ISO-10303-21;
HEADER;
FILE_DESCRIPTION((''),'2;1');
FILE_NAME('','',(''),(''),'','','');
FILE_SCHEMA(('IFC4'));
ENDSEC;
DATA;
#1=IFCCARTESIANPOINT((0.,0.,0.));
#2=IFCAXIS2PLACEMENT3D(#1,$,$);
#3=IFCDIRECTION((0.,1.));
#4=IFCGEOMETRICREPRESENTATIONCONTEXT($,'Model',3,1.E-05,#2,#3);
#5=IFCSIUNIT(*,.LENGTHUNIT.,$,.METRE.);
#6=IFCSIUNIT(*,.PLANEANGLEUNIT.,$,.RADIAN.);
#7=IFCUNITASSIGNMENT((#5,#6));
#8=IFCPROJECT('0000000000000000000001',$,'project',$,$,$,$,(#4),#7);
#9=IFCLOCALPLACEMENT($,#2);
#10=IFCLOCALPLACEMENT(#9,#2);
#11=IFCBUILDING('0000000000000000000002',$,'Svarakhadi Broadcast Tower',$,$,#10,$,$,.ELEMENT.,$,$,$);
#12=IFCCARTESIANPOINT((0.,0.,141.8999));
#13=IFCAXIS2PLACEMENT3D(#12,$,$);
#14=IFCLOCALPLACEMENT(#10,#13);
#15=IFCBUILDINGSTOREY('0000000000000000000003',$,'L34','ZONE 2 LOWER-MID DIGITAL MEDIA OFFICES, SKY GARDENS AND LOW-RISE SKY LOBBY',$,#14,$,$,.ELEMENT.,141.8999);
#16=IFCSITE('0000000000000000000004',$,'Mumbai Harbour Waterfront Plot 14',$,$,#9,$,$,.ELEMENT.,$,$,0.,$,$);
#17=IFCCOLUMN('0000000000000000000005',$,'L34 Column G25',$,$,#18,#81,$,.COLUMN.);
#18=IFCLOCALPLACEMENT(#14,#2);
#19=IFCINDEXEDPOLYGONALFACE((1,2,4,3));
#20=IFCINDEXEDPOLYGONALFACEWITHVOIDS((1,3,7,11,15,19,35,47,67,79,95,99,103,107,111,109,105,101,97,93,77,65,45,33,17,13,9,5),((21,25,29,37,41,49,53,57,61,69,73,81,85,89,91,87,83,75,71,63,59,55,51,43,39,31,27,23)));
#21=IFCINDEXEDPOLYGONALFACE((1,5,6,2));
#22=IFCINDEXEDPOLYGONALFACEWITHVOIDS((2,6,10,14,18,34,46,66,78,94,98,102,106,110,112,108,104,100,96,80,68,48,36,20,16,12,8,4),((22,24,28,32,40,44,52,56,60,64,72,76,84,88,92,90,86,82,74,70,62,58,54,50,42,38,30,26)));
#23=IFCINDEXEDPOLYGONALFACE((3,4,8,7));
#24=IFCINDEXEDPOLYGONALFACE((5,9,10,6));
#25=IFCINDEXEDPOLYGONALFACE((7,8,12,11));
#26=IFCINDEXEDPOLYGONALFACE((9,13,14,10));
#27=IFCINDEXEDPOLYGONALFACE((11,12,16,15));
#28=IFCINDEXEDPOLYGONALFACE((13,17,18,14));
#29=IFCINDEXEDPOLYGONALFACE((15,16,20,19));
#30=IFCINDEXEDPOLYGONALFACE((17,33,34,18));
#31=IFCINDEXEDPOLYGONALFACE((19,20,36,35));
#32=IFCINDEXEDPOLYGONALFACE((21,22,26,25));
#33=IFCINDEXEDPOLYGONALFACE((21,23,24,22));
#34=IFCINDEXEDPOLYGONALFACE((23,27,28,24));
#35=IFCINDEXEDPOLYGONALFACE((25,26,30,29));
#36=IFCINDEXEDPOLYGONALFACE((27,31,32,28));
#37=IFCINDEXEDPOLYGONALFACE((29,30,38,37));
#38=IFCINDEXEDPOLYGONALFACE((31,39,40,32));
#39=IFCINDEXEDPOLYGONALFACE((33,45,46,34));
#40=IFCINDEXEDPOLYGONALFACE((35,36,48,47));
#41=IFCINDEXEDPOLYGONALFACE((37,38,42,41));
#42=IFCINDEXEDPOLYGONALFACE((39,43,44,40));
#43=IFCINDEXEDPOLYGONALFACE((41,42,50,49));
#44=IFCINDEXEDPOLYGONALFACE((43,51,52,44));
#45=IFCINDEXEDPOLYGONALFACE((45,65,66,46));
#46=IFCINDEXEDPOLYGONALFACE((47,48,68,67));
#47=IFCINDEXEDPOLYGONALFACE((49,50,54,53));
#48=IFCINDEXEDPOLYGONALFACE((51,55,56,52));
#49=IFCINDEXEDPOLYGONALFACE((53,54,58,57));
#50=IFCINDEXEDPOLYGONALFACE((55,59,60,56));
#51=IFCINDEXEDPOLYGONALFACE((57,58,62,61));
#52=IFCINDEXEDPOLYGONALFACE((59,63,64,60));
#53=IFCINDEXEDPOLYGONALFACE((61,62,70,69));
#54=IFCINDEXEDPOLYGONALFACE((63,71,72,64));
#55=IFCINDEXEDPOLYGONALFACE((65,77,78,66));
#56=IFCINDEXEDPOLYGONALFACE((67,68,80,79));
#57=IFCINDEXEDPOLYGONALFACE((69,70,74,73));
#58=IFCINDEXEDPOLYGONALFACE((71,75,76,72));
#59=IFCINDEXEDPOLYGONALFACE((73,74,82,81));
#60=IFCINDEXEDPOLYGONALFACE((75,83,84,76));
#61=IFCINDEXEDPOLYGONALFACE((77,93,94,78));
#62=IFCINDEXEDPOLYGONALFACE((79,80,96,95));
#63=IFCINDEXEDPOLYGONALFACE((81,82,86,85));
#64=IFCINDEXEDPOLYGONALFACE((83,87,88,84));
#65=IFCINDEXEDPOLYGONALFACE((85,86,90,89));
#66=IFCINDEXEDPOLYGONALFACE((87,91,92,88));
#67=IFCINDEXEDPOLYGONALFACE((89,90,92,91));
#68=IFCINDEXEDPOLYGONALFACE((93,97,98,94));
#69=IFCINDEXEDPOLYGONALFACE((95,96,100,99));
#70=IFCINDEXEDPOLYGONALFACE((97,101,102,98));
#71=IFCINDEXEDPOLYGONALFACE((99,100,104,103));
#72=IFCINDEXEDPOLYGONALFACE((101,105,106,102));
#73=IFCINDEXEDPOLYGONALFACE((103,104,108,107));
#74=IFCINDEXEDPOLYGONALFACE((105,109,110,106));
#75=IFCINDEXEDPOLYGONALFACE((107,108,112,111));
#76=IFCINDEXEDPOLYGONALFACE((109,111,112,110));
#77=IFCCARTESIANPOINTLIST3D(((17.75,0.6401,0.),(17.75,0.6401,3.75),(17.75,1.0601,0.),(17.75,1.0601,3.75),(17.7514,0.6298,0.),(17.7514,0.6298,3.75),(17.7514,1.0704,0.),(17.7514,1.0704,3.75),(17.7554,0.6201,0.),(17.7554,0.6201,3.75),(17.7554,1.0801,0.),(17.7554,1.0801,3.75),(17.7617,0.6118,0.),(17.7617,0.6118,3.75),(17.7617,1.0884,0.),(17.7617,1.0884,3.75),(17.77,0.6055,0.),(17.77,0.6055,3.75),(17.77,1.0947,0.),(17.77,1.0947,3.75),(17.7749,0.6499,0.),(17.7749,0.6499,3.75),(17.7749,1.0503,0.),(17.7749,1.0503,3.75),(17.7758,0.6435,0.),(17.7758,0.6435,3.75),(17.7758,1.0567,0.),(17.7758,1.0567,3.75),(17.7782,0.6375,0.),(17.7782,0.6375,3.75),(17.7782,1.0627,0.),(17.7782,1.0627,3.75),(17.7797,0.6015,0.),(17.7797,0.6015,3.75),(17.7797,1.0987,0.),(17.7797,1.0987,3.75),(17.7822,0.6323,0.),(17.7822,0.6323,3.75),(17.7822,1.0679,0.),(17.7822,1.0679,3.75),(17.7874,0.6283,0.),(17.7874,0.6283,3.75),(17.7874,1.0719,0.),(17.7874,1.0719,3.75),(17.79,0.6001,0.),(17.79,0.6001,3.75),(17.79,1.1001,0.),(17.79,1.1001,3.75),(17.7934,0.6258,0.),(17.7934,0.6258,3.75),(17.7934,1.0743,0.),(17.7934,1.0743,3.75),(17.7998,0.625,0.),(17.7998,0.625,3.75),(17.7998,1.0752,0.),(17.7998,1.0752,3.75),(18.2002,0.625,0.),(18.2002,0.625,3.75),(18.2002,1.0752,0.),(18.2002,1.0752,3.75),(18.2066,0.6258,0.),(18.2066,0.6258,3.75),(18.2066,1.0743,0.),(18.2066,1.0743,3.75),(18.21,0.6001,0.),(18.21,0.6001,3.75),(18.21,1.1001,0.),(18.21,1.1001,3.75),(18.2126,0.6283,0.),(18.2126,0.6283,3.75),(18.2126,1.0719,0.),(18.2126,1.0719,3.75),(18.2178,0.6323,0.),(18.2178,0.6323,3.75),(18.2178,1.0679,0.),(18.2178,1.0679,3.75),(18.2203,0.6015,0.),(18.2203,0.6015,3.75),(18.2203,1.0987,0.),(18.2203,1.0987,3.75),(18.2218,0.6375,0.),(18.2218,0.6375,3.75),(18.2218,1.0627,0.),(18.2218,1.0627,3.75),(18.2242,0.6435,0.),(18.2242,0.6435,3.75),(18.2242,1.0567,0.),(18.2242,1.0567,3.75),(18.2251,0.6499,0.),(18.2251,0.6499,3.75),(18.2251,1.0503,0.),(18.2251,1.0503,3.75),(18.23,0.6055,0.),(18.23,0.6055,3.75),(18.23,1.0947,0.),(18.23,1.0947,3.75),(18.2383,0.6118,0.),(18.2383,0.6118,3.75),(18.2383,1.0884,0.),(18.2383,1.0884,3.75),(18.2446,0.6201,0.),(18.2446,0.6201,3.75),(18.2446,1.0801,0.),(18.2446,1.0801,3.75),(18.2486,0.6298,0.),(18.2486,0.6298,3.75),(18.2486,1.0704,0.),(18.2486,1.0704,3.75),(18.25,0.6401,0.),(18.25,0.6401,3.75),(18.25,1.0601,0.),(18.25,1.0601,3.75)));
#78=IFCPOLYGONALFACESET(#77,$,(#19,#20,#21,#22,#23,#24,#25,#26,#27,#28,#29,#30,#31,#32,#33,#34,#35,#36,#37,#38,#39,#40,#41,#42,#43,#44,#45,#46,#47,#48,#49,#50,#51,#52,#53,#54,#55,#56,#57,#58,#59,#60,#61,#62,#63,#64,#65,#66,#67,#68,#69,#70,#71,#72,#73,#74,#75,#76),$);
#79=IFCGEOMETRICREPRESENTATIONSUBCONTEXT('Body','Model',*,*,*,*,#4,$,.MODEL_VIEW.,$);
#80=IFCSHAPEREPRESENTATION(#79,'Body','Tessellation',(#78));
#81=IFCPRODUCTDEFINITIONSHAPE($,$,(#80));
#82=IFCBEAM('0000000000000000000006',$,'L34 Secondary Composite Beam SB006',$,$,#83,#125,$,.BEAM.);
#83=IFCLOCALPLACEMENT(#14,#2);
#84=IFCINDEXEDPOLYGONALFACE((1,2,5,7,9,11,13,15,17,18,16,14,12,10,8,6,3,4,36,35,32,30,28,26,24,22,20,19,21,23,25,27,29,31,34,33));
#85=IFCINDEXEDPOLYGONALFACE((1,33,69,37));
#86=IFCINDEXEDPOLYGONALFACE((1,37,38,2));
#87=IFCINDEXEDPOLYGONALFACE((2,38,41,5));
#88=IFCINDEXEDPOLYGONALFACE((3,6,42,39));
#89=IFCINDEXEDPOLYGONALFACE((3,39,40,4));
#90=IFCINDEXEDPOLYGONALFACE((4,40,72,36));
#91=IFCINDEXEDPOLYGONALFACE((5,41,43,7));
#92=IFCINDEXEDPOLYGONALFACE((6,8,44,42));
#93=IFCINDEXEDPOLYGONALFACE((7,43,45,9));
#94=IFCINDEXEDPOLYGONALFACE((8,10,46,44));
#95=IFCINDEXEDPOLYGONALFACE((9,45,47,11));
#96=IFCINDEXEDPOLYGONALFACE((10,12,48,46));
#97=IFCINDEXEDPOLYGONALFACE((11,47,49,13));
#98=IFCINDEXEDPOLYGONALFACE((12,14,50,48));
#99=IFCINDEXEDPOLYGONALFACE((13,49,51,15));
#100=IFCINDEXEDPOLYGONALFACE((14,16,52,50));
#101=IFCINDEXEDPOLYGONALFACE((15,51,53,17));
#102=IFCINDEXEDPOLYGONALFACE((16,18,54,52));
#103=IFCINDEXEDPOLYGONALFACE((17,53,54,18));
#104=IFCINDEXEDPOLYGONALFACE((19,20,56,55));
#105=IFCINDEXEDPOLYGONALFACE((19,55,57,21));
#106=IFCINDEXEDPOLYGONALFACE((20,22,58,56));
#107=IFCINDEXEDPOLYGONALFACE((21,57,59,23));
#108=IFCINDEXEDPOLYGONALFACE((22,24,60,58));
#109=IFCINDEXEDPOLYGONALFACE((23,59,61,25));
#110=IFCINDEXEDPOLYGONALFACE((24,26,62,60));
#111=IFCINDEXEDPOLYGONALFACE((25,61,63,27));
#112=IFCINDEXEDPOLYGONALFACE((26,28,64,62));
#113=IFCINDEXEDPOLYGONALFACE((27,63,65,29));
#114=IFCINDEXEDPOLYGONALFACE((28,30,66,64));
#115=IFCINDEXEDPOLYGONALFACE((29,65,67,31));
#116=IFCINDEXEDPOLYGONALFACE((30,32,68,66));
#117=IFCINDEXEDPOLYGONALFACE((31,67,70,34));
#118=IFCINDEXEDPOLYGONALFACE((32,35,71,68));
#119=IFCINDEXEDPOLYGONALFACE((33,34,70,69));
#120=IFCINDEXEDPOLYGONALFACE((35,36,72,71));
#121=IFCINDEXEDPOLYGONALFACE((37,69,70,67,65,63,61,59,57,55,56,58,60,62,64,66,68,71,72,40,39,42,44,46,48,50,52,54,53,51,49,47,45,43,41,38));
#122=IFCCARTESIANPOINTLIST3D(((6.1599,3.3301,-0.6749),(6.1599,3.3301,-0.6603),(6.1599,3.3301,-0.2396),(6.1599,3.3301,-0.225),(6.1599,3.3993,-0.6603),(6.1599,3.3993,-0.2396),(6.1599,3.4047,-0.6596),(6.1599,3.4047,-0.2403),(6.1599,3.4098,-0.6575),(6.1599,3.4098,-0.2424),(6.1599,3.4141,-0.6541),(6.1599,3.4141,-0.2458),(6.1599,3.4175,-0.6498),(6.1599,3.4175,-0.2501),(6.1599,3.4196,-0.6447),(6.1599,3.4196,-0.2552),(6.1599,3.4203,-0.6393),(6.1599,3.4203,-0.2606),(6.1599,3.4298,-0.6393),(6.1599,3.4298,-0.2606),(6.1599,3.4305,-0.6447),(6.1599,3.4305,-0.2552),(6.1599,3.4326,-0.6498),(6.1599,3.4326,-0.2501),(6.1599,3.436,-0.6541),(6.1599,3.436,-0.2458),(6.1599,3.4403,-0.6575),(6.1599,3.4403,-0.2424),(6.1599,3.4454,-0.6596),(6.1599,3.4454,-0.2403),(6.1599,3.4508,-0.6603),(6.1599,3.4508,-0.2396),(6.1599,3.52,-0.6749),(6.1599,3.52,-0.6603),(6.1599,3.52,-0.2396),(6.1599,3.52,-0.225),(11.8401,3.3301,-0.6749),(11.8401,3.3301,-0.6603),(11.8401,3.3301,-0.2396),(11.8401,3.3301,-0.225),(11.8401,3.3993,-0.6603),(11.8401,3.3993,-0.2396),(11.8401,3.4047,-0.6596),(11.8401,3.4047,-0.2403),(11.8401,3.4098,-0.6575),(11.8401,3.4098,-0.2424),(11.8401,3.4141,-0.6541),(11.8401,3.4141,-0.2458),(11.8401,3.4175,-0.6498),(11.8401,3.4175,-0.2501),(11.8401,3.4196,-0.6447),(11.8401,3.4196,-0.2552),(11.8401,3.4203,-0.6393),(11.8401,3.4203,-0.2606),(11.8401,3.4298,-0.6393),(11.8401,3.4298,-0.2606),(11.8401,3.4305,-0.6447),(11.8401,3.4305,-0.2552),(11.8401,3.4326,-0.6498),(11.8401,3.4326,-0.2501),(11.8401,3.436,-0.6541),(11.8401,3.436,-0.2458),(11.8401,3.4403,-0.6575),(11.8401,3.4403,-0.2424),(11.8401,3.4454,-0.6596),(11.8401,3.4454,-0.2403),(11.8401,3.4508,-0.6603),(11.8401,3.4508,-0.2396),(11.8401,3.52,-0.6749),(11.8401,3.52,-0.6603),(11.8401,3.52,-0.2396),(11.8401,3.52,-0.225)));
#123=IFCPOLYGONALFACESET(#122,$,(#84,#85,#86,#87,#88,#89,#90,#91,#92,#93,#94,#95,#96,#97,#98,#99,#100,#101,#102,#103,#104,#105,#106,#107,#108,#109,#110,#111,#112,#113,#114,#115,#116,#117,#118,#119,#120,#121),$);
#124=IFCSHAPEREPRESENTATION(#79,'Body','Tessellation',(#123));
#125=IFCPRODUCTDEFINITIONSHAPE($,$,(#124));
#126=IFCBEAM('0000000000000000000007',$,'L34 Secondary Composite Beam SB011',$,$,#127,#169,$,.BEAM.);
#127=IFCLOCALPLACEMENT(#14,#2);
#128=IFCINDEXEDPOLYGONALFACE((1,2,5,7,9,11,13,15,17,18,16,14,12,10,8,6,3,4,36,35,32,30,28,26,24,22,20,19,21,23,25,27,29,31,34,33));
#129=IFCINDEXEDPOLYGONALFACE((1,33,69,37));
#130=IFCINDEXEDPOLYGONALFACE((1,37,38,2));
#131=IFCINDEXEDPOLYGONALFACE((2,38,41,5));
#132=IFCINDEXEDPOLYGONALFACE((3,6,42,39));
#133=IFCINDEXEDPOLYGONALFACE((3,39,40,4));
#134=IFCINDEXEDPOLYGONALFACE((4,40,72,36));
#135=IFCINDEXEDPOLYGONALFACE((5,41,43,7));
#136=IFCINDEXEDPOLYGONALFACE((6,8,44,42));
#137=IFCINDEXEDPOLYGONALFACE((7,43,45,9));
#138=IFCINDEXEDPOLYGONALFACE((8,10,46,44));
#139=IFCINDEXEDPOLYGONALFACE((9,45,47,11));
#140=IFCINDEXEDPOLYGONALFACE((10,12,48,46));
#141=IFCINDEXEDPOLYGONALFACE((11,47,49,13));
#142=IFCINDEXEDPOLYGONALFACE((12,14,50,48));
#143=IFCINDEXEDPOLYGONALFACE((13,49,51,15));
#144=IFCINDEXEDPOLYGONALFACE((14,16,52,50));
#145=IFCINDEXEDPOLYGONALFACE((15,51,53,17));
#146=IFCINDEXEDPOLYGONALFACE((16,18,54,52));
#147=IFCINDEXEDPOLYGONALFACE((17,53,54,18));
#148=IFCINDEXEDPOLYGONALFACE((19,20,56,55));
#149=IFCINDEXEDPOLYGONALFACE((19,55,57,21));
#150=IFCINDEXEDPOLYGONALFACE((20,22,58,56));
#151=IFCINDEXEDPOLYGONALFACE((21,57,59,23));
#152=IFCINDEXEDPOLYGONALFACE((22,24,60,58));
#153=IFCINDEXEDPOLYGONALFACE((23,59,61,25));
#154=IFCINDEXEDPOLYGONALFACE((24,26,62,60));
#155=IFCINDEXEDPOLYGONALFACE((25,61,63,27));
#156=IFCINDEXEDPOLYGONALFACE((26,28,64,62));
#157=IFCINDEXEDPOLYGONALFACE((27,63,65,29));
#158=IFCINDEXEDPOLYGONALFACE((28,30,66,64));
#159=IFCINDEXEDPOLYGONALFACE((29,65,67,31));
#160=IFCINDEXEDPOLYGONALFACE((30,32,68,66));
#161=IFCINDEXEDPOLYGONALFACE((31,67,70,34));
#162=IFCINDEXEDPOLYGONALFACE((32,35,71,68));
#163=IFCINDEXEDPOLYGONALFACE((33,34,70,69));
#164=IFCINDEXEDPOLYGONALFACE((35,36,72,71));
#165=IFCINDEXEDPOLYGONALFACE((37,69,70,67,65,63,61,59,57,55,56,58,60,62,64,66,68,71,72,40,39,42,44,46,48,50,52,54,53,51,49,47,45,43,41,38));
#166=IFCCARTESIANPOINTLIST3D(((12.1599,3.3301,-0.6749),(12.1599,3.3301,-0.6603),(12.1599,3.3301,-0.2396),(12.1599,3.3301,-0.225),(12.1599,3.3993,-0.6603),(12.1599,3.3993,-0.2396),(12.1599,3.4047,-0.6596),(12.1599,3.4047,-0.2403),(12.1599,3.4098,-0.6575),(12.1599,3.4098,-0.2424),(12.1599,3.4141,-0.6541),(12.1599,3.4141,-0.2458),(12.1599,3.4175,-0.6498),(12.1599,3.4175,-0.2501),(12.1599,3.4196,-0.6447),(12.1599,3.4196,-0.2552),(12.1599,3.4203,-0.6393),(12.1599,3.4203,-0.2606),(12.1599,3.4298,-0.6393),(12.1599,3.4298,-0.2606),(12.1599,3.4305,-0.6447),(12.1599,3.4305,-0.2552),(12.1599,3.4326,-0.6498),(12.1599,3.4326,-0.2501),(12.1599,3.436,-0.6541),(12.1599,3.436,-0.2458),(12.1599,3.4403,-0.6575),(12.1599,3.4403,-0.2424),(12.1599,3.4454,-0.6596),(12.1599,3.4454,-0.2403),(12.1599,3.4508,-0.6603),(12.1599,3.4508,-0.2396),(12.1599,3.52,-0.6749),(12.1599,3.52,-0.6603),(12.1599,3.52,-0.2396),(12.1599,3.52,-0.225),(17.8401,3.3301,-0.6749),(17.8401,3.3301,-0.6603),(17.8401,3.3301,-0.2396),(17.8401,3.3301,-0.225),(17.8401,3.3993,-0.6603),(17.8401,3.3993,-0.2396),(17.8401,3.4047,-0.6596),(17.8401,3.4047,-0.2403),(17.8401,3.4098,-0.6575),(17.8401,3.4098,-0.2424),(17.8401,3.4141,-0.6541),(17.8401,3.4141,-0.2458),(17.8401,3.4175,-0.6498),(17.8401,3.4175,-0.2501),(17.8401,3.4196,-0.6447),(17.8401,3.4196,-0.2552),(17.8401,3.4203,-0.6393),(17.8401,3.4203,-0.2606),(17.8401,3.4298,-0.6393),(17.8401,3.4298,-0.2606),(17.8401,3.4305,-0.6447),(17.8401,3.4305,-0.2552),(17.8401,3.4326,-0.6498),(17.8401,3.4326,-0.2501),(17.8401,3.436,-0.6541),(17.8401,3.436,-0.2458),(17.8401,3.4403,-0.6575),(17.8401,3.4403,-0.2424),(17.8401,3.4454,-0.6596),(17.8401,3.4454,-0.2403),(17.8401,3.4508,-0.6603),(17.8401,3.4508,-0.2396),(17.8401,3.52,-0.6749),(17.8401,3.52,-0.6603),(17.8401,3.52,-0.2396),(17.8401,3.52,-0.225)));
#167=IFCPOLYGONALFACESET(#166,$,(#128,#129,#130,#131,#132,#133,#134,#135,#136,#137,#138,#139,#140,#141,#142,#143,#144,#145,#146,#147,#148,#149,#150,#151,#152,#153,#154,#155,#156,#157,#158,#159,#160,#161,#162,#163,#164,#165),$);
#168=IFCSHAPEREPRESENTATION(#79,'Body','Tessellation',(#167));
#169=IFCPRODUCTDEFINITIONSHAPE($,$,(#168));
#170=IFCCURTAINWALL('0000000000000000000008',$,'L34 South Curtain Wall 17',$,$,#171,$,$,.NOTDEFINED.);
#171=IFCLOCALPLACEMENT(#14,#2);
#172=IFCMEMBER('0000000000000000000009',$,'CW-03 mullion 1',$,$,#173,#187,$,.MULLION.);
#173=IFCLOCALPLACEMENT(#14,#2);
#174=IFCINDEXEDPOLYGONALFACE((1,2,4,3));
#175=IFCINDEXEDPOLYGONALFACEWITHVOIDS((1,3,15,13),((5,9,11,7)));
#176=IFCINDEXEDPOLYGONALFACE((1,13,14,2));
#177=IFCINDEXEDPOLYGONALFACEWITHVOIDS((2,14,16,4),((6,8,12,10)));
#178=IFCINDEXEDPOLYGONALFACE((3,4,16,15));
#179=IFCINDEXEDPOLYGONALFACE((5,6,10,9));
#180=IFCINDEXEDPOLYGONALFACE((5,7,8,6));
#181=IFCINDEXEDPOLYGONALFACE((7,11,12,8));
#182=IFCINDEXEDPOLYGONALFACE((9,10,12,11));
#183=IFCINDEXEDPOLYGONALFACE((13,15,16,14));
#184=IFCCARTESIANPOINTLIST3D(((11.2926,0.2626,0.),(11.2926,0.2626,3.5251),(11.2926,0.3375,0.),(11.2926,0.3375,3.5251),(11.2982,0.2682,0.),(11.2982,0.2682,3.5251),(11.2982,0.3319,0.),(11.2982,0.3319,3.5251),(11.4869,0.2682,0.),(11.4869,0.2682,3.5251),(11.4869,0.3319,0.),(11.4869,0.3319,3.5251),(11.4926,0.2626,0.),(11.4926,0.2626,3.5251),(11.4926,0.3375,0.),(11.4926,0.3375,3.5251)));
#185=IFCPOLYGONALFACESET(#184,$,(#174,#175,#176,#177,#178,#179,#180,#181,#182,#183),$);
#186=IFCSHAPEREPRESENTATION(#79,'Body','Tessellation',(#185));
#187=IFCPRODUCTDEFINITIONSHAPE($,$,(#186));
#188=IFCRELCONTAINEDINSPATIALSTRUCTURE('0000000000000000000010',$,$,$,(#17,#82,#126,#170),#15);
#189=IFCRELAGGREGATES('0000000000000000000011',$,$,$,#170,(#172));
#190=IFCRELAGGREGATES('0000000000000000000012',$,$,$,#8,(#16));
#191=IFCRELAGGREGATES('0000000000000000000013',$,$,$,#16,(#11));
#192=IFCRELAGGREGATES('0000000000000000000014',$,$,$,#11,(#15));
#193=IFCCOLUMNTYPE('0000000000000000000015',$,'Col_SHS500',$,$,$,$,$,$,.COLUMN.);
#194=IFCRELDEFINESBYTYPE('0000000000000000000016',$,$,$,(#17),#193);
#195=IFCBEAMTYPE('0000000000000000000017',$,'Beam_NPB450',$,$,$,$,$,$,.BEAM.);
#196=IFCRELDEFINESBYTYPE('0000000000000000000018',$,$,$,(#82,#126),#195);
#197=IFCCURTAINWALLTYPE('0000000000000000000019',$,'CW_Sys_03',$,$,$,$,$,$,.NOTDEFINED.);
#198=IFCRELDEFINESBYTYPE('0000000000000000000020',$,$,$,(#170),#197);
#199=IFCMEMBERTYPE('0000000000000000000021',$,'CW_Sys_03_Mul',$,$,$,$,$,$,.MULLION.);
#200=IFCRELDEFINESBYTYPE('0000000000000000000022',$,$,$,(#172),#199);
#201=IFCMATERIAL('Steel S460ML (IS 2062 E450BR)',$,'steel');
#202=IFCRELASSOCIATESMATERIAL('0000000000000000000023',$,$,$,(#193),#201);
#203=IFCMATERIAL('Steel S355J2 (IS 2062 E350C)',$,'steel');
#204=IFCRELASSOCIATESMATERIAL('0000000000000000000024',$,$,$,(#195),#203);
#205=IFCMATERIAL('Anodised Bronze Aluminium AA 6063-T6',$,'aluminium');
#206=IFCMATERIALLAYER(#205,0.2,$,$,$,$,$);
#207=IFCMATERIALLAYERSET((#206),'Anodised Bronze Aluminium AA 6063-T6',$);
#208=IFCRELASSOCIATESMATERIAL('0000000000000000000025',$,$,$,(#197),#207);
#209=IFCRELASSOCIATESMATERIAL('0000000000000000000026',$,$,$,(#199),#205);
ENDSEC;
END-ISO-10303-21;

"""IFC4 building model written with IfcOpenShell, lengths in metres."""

from ifc_helpers import new_model, si_unit, direction, frame, origin, origin_2d, place, context, subcontext, project, spatial, hollow_rectangle, i_section, extrude, material, layer, layer_set, material_profile, profile_set, type_object, element, aggregate, save


model = new_model("IFC4")

# Units and contexts
model_context = context("Model", 3, precision=1e-05, world=origin(), true_north=direction((0.0, 1.0)))
body_context = subcontext(model_context, "Body", "Model", "MODEL_VIEW")
ifc_project = project(units=[si_unit("LENGTHUNIT", "METRE"), si_unit("PLANEANGLEUNIT", "RADIAN")], contexts=[model_context])

# Site, building, storey
site_placement = place(None, origin())
site = spatial("IfcSite", under=ifc_project, at=site_placement, Name="Mumbai Harbour Waterfront Plot 14", CompositionType="ELEMENT", RefElevation=0.0)
building_placement = place(site_placement, origin())
building = spatial("IfcBuilding", under=site, at=building_placement, Name="Svarakhadi Broadcast Tower", CompositionType="ELEMENT")
storey_placement = place(building_placement, frame((0.0, 0.0, 141.8999)))
storey = spatial("IfcBuildingStorey", under=building, at=storey_placement, Name="L34", Description="ZONE 2 LOWER-MID DIGITAL MEDIA OFFICES, SKY GARDENS AND LOW-RISE SKY LOBBY", CompositionType="ELEMENT", Elevation=141.8999)

# Column
ifc_material_1 = material(Name="Steel S460ML (IS 2062 E450BR)", Category="steel")
ifc_material_profile_1 = material_profile(ifc_material_1, hollow_rectangle(XDim=0.5, YDim=0.5, WallThickness=0.0249, InnerFilletRadius=0.0249, OuterFilletRadius=0.04, at=origin_2d()), Name="SHS 500x500x25")
ifc_profile_set_1 = profile_set([ifc_material_profile_1], Name="Steel S460ML (IS 2062 E450BR)")
column_type_1 = type_object("IfcColumnType", Name="Col_SHS500", PredefinedType="COLUMN", material=ifc_profile_set_1)
for number, where, z_axis, x_axis, name in (
    (1, (18.0, 0.8501, 0.0), (0.0, 0.0, 1.0), (1.0, 0.0, 0.0), "L34 Column G25"),
):
    element("IfcColumn", number, at=place(storey_placement, frame(where, z_axis=z_axis, x_axis=x_axis)), inside=storey, type_object=column_type_1, Name=name, PredefinedType="COLUMN", context=body_context, shape_type="SweptSolid", body=[
        extrude(hollow_rectangle(XDim=0.5, YDim=0.5, WallThickness=0.0249, InnerFilletRadius=0.0249, OuterFilletRadius=0.04, at=origin_2d()), origin(), (0.0, 0.0, 1.0), 3.75),
    ])

# Beams
ifc_material_2 = material(Name="Steel S355J2 (IS 2062 E350C)", Category="steel")
ifc_material_profile_2 = material_profile(ifc_material_2, i_section(OverallWidth=0.1899, OverallDepth=0.45, WebThickness=0.0095, FlangeThickness=0.0146, FilletRadius=0.021, at=origin_2d()), Name="NPB 450x190x78")
ifc_profile_set_2 = profile_set([ifc_material_profile_2], Name="Steel S355J2 (IS 2062 E350C)")
beam_type_1 = type_object("IfcBeamType", Name="Beam_NPB450", PredefinedType="BEAM", material=ifc_profile_set_2)
for number, where, z_axis, x_axis, name in (
    (2, (6.1599, 3.425, -0.45), (1.0, 0.0, 0.0), (0.0, 1.0, 0.0), "L34 Secondary Composite Beam SB006"),
    (3, (12.1599, 3.425, -0.45), (1.0, 0.0, 0.0), (0.0, 1.0, 0.0), "L34 Secondary Composite Beam SB011"),
):
    element("IfcBeam", number, at=place(storey_placement, frame(where, z_axis=z_axis, x_axis=x_axis)), inside=storey, type_object=beam_type_1, Name=name, PredefinedType="BEAM", context=body_context, shape_type="SweptSolid", body=[
        extrude(i_section(OverallWidth=0.1899, OverallDepth=0.45, WebThickness=0.0095, FlangeThickness=0.0146, FilletRadius=0.021, at=origin_2d()), origin(), (0.0, 0.0, 1.0), 5.6802),
    ])

# Curtain wall, member
ifc_material_3 = material(Name="Anodised Bronze Aluminium AA 6063-T6", Category="aluminium")
ifc_layer_1 = layer(ifc_material_3, 0.2)
ifc_layer_set_1 = layer_set([ifc_layer_1], Name="Anodised Bronze Aluminium AA 6063-T6")
curtain_wall_type = type_object("IfcCurtainWallType", Name="CW_Sys_03", PredefinedType="NOTDEFINED", material=ifc_layer_set_1)
curtain_wall_placement = place(storey_placement, origin())
curtain_wall = element("IfcCurtainWall", 4, at=curtain_wall_placement, inside=storey, type_object=curtain_wall_type, Name="L34 South Curtain Wall 17", PredefinedType="NOTDEFINED")
ifc_material_profile_3 = material_profile(ifc_material_3, hollow_rectangle(XDim=0.075, YDim=0.2, WallThickness=0.0056, at=origin_2d()), Name="ALU MULLION 200x75x6")
ifc_profile_set_3 = profile_set([ifc_material_profile_3], Name="Anodised Bronze Aluminium AA 6063-T6")
member_type_1 = type_object("IfcMemberType", Name="CW_Sys_03_Mul", PredefinedType="MULLION", material=ifc_profile_set_3)
member_1_placement = place(storey_placement, frame((11.3926, 0.3, 0.0), z_axis=(0.0, 0.0, 1.0), x_axis=(0.0, -1.0, 0.0)))
member_1 = element("IfcMember", 5, at=member_1_placement, type_object=member_type_1, Name="CW-03 mullion 1", PredefinedType="MULLION", context=body_context, shape_type="SweptSolid", body=[
    extrude(hollow_rectangle(XDim=0.075, YDim=0.2, WallThickness=0.0056, at=origin_2d()), origin(), (0.0, 0.0, 1.0), 3.5251),
])

aggregate(curtain_wall, [member_1])

save(model, "model.ifc")
